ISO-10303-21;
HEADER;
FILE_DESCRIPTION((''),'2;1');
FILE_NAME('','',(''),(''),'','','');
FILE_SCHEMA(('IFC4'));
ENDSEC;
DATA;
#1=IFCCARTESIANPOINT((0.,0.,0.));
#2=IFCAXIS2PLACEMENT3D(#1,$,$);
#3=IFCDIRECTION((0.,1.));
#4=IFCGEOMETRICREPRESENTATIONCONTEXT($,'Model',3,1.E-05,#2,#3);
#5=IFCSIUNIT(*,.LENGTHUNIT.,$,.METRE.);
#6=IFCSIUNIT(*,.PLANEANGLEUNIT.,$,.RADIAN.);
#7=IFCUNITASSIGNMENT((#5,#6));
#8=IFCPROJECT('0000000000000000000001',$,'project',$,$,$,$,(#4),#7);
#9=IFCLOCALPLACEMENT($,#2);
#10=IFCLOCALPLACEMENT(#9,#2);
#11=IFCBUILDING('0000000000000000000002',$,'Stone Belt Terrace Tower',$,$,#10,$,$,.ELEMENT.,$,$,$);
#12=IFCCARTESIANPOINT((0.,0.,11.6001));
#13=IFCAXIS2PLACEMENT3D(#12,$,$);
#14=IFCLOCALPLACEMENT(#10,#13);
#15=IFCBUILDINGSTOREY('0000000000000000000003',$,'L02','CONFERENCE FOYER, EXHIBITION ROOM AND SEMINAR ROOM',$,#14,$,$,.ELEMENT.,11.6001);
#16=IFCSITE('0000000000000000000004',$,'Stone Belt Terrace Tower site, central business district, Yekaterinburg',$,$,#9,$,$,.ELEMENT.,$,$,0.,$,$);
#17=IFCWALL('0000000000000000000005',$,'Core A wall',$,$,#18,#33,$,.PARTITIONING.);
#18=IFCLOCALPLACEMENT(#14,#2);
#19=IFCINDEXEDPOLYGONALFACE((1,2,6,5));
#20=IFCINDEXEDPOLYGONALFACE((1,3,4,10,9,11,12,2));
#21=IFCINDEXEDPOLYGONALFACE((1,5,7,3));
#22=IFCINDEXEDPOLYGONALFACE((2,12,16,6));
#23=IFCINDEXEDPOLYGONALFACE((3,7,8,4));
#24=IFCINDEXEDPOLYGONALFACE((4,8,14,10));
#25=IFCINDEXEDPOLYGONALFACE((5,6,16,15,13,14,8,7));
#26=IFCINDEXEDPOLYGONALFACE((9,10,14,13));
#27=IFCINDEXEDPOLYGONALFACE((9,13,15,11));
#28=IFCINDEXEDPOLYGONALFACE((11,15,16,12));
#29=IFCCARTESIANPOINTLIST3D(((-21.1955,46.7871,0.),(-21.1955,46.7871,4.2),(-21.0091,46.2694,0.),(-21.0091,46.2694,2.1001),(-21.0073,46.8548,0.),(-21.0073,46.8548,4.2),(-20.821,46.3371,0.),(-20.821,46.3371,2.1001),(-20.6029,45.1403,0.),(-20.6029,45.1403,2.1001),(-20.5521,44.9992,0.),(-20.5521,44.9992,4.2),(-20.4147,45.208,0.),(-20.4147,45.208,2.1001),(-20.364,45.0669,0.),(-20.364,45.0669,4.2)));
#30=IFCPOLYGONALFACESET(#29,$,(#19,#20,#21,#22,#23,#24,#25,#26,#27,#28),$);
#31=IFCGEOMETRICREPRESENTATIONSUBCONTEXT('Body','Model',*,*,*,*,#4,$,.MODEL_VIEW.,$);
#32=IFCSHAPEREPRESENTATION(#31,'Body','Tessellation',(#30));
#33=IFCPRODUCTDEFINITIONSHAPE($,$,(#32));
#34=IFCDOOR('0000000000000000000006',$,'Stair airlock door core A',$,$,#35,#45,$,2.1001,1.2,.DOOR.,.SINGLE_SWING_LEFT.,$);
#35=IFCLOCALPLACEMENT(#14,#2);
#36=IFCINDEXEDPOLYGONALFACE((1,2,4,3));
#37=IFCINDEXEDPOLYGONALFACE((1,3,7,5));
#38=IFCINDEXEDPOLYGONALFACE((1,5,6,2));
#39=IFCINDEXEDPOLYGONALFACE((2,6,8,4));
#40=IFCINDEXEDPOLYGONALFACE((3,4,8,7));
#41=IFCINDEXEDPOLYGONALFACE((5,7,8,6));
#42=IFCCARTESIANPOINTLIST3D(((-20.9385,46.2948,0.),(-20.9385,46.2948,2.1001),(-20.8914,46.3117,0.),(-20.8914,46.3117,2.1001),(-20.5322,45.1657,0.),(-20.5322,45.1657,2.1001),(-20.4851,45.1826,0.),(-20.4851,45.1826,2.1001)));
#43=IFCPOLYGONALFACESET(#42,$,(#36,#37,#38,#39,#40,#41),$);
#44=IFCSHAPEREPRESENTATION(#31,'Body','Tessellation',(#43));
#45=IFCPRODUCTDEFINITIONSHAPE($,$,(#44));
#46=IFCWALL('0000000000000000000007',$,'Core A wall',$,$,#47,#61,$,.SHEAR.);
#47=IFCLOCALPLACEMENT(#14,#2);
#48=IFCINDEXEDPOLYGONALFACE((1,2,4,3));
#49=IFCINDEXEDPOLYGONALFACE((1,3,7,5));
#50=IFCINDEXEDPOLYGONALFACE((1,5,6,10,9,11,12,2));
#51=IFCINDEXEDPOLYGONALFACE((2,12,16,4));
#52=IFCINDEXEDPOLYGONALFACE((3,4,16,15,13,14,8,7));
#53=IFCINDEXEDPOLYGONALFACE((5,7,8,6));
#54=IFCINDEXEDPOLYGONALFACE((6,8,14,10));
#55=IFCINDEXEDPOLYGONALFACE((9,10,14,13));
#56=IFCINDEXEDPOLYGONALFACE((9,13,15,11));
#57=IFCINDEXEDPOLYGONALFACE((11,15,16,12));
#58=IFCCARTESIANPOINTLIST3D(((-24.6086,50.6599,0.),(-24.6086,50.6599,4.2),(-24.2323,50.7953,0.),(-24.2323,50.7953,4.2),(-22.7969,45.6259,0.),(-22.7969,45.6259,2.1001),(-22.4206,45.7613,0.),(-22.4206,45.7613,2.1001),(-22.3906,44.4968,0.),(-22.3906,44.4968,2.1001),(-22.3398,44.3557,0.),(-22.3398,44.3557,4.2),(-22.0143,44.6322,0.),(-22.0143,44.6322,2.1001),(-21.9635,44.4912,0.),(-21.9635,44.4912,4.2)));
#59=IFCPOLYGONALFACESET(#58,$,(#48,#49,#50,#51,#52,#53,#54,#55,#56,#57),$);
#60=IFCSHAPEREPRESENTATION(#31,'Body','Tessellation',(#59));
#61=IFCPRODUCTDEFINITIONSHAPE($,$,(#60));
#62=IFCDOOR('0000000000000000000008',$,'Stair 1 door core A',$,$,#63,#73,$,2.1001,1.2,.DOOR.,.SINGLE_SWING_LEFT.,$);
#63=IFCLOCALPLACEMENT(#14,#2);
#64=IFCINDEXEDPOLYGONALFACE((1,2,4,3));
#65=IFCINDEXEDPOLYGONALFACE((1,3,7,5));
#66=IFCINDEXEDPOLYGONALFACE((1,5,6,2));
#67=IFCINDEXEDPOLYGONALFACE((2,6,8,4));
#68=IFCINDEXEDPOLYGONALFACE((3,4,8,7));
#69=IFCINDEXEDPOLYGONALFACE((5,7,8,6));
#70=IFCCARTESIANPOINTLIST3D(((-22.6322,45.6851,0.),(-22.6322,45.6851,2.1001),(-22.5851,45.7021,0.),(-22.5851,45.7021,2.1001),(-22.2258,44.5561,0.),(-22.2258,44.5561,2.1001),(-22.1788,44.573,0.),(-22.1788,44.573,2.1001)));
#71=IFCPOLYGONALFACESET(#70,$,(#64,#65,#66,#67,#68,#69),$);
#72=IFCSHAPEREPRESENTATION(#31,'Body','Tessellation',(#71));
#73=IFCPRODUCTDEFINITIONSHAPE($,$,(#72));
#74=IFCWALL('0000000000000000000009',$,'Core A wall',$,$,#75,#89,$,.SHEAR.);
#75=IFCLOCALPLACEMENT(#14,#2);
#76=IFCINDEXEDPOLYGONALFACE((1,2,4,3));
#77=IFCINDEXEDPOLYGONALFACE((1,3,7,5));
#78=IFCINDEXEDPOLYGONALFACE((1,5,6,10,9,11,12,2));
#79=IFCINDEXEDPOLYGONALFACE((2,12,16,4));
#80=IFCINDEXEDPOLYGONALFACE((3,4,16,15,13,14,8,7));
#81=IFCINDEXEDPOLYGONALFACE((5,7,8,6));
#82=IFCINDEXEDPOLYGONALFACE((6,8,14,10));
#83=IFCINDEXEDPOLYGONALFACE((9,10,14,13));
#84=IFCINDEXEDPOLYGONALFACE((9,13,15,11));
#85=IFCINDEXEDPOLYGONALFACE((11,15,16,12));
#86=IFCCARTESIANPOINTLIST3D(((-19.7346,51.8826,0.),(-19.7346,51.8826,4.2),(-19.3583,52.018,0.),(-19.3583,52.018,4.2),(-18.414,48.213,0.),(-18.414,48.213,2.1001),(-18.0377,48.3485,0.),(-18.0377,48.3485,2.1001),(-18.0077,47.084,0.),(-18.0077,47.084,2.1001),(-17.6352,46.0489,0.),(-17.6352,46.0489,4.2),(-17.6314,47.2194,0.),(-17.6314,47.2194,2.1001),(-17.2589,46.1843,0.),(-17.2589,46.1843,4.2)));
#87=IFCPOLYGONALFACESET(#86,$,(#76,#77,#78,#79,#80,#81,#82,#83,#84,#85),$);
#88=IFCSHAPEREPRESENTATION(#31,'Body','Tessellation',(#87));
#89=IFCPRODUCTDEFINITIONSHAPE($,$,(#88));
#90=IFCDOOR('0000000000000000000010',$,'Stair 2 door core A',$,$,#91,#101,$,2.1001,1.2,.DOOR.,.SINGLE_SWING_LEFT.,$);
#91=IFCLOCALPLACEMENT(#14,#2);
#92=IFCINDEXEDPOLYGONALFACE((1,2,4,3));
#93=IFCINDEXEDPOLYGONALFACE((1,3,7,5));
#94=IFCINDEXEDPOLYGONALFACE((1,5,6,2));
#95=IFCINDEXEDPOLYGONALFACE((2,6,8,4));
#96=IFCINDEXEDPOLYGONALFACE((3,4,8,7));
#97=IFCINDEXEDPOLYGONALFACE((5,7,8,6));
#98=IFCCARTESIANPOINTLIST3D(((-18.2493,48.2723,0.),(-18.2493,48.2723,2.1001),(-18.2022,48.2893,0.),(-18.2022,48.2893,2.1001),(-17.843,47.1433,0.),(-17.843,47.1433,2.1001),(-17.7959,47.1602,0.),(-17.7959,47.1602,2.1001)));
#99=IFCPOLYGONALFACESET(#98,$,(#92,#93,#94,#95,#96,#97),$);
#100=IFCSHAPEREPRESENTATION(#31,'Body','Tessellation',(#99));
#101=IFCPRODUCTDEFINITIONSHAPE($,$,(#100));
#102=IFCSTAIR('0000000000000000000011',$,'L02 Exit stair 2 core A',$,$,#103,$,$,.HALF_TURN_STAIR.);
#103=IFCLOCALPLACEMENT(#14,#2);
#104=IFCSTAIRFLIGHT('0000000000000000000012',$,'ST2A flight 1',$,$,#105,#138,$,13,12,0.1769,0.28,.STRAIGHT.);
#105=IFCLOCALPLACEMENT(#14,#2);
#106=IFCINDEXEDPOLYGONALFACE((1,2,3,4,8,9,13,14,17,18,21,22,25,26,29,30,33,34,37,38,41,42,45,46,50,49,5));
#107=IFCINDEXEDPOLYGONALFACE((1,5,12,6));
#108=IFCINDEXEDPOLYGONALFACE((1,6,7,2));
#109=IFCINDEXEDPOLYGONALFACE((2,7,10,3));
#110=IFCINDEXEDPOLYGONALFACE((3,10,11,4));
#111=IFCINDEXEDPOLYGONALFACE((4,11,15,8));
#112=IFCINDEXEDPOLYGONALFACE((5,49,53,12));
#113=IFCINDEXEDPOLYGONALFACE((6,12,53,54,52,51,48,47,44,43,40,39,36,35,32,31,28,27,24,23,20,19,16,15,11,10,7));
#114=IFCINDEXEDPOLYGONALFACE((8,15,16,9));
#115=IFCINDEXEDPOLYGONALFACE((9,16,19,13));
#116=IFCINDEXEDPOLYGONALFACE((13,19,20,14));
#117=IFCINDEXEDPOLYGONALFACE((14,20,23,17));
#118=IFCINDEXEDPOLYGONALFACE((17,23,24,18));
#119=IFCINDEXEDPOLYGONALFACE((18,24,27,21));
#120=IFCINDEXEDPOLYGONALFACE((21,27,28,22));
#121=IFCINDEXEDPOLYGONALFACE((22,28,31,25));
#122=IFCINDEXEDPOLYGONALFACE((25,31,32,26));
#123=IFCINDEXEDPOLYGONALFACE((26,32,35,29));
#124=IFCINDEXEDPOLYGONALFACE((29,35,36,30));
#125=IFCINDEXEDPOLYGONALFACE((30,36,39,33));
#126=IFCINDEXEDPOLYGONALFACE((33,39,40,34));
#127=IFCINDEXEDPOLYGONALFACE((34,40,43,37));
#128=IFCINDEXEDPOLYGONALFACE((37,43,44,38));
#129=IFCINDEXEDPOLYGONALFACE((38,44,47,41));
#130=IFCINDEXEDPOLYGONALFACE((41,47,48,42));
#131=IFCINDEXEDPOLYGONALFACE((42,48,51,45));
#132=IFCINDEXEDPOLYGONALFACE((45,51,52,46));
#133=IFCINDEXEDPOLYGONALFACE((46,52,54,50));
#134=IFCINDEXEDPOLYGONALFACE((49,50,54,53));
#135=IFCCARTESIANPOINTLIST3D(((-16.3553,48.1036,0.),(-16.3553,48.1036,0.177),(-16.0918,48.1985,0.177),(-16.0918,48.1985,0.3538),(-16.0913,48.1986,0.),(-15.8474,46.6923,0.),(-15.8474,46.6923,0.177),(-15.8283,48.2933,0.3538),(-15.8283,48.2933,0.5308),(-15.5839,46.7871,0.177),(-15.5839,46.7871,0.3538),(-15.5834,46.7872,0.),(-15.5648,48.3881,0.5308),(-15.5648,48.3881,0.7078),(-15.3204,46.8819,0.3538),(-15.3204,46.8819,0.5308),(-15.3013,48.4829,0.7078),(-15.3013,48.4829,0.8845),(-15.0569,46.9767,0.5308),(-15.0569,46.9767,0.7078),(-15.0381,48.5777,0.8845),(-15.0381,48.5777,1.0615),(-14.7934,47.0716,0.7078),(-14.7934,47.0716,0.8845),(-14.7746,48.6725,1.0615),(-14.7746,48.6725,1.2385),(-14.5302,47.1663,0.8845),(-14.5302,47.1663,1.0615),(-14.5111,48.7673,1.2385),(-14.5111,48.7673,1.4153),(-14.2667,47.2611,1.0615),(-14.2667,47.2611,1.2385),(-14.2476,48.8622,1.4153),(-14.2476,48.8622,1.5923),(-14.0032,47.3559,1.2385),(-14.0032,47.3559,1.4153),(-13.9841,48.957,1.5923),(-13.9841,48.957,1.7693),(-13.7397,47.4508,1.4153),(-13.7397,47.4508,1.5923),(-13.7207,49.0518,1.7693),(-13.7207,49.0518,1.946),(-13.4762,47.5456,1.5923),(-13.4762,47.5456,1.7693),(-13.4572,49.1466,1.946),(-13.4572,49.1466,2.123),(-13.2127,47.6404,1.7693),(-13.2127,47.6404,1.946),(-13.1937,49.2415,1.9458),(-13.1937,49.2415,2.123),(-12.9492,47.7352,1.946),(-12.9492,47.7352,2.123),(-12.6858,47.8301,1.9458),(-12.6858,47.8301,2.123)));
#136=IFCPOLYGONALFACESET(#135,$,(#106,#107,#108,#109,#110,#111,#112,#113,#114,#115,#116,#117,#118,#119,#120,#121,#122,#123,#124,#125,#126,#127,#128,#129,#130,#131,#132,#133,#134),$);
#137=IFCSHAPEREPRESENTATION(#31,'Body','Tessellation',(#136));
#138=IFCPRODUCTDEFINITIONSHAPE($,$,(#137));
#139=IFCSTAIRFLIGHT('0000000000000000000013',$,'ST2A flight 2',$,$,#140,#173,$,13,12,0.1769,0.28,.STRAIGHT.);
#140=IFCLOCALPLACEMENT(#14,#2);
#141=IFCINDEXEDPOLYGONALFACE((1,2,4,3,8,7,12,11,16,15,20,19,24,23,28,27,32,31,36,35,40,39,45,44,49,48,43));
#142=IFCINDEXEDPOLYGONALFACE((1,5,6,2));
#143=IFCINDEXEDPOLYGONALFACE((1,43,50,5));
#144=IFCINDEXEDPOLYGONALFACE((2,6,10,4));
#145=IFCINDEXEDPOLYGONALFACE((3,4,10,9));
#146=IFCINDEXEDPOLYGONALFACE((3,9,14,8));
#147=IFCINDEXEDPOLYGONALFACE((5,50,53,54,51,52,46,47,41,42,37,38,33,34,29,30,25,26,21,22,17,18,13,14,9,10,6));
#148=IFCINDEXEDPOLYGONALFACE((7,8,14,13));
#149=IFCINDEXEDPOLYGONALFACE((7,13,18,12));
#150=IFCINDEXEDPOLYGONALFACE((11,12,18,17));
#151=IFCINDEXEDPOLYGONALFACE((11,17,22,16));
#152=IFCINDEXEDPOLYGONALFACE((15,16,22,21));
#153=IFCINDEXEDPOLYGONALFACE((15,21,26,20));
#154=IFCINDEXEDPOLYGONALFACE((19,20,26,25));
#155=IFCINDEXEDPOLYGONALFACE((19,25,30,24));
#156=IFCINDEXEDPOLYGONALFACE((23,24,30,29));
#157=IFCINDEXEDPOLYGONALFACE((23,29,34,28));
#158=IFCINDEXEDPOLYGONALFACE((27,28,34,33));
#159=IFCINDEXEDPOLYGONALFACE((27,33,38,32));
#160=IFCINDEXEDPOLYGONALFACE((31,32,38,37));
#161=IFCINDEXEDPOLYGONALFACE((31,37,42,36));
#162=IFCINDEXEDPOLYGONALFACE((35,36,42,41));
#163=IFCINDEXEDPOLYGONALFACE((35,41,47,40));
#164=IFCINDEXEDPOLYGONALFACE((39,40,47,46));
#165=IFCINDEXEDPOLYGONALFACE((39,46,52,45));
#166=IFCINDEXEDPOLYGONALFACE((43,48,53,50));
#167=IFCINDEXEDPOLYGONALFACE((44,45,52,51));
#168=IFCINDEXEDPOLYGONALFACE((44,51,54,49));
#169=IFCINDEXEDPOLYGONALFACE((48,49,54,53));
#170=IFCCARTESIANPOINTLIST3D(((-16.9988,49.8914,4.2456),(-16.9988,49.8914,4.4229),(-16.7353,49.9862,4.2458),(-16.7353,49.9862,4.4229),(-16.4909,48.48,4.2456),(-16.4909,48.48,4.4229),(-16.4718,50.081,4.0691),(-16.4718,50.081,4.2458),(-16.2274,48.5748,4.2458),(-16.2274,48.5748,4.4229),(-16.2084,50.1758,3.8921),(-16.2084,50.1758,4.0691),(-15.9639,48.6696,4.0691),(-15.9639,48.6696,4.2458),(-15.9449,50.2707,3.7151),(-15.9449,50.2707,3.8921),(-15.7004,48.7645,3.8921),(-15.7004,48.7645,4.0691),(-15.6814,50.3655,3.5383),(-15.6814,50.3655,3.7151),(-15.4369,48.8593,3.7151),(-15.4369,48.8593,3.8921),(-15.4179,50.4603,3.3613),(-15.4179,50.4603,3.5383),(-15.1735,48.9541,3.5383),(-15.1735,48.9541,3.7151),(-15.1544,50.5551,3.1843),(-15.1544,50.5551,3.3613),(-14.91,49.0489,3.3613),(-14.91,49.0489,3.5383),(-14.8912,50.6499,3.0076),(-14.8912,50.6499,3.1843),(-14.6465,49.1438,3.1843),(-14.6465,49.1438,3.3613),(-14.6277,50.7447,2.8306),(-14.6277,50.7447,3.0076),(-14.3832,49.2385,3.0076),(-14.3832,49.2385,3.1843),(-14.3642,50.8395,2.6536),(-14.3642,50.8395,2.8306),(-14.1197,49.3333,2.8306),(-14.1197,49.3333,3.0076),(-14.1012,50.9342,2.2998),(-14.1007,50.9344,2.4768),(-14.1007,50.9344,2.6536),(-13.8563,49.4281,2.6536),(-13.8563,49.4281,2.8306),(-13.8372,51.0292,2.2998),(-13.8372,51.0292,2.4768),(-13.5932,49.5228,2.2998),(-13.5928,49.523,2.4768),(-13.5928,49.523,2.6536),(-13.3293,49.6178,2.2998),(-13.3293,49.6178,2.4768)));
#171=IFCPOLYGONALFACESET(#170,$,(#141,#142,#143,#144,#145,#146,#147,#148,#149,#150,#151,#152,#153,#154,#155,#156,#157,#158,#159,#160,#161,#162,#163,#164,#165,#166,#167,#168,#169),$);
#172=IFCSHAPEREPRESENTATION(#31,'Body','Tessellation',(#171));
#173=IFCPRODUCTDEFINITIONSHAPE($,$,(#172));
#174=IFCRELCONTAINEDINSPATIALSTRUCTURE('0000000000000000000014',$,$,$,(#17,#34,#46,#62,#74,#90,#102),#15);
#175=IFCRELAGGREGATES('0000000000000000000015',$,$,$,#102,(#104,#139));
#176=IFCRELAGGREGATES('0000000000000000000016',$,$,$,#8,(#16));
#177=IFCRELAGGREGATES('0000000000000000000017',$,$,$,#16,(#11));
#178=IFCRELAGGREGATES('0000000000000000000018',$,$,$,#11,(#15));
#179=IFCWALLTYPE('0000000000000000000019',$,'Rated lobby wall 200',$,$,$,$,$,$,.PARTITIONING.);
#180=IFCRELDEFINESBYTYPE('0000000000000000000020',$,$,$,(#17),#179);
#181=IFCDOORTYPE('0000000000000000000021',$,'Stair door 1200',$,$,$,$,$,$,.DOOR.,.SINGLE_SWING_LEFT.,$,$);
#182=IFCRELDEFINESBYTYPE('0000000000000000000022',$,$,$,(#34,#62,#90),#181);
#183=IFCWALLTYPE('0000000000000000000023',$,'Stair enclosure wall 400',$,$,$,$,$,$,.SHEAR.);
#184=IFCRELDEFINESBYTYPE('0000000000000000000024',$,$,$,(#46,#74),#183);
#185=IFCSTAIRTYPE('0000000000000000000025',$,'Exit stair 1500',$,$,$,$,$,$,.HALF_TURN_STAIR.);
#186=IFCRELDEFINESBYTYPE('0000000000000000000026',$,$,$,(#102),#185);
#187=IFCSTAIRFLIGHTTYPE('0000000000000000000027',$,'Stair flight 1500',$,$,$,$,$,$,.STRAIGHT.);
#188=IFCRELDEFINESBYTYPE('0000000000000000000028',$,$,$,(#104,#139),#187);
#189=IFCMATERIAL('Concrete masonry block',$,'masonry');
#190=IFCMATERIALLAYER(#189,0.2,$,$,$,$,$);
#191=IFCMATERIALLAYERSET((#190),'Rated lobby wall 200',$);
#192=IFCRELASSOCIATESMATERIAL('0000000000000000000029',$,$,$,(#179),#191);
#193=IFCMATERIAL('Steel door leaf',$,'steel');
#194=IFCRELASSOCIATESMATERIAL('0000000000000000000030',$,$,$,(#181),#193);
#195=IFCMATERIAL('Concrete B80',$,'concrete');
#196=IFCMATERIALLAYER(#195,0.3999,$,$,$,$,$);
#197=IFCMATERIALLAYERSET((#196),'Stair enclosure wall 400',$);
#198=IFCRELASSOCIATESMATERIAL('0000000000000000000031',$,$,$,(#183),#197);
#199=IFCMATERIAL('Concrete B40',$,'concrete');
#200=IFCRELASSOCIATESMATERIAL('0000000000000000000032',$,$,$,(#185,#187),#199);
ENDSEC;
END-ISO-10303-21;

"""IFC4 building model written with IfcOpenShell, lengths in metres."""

from ifc_helpers import new_model, si_unit, direction, frame, frame_2d, origin, place, context, subcontext, project, spatial, polyline, rectangle, outline, extrude, material, layer, layer_set, type_object, element, fill, aggregate, save


model = new_model("IFC4")

# Units and contexts
model_context = context("Model", 3, precision=1e-05, world=origin(), true_north=direction((0.0, 1.0)))
body_context = subcontext(model_context, "Body", "Model", "MODEL_VIEW")
ifc_project = project(units=[si_unit("LENGTHUNIT", "METRE"), si_unit("PLANEANGLEUNIT", "RADIAN")], contexts=[model_context])

# Site, building, storey
site_placement = place(None, origin())
site = spatial("IfcSite", under=ifc_project, at=site_placement, Name="Stone Belt Terrace Tower site, central business district, Yekaterinburg", CompositionType="ELEMENT", RefElevation=0.0)
building_placement = place(site_placement, origin())
building = spatial("IfcBuilding", under=site, at=building_placement, Name="Stone Belt Terrace Tower", CompositionType="ELEMENT")
storey_placement = place(building_placement, frame((0.0, 0.0, 11.6001)))
storey = spatial("IfcBuildingStorey", under=building, at=storey_placement, Name="L02", Description="CONFERENCE FOYER, EXHIBITION ROOM AND SEMINAR ROOM", CompositionType="ELEMENT", Elevation=11.6001)

# Shared definitions
ifc_material_1 = material(Name="Concrete B80", Category="concrete")

# Shared definitions
ifc_material_2 = material(Name="Concrete masonry block", Category="masonry")
ifc_layer_1 = layer(ifc_material_2, 0.2)
ifc_layer_set_1 = layer_set([ifc_layer_1], Name="Rated lobby wall 200")
wall_type_1 = type_object("IfcWallType", Name="Rated lobby wall 200", PredefinedType="PARTITIONING", material=ifc_layer_set_1)

# Walls, openings, doors
wall_1_placement = place(storey_placement, frame((-20.458, 45.033, 0.0), z_axis=(0.0, 0.0, 1.0), x_axis=(-0.338574, 0.94094, 0.0)))
wall_1 = element("IfcWall", 1, at=wall_1_placement, inside=storey, type_object=wall_type_1, Name="Core A wall", PredefinedType="PARTITIONING", context=body_context, shape_type="SweptSolid", body=[
    extrude(rectangle(XDim=1.9001, YDim=0.2, at=frame_2d((0.9502, 0.0))), origin(), (0.0, 0.0, 1.0), 4.2),
])
opening_1_placement = place(wall_1_placement, frame((0.1499, 0.0, 0.0)))
opening_1 = element("IfcOpeningElement", 2, at=opening_1_placement, cuts=wall_1, PredefinedType="OPENING", context=body_context, shape_type="SweptSolid", body=[
    extrude(rectangle(XDim=1.2, YDim=2.1001, at=frame_2d((0.6001, 1.05))), frame((0.0, 0.1099, 0.0), z_axis=(0.0, -1.0, 0.0), x_axis=(1.0, 0.0, 0.0)), (0.0, 0.0, 1.0), 0.22),
])
ifc_material_3 = material(Name="Steel door leaf", Category="steel")
door_type = type_object("IfcDoorType", Name="Stair door 1200", OperationType="SINGLE_SWING_LEFT", PredefinedType="DOOR", material=ifc_material_3)
door_1_placement = place(opening_1_placement, origin())
door_1 = element("IfcDoor", 3, at=door_1_placement, inside=storey, type_object=door_type, Name="Stair airlock door core A", OperationType="SINGLE_SWING_LEFT", OverallHeight=2.1001, OverallWidth=1.2, PredefinedType="DOOR", context=body_context, shape_type="SweptSolid", body=[
    extrude(rectangle(XDim=1.2, YDim=2.1001, at=frame_2d((0.6001, 1.05))), frame((0.0, 0.0249, 0.0), z_axis=(0.0, -1.0, 0.0), x_axis=(1.0, 0.0, 0.0)), (0.0, 0.0, 1.0), 0.05),
])
fill(opening_1, door_1)
ifc_layer_2 = layer(ifc_material_1, 0.3999)
ifc_layer_set_2 = layer_set([ifc_layer_2], Name="Stair enclosure wall 400")
wall_type_2 = type_object("IfcWallType", Name="Stair enclosure wall 400", PredefinedType="SHEAR", material=ifc_layer_set_2)
wall_2_placement = place(storey_placement, frame((-22.1516, 44.4233, 0.0), z_axis=(0.0, 0.0, 1.0), x_axis=(-0.338625, 0.940921, 0.0)))
wall_2 = element("IfcWall", 4, at=wall_2_placement, inside=storey, type_object=wall_type_2, Name="Core A wall", PredefinedType="SHEAR", context=body_context, shape_type="SweptSolid", body=[
    extrude(rectangle(XDim=6.7, YDim=0.3999, at=frame_2d((3.3501, 0.0))), origin(), (0.0, 0.0, 1.0), 4.2),
])
opening_2_placement = place(wall_2_placement, frame((0.1499, 0.0, 0.0)))
opening_2 = element("IfcOpeningElement", 5, at=opening_2_placement, cuts=wall_2, PredefinedType="OPENING", context=body_context, shape_type="SweptSolid", body=[
    extrude(rectangle(XDim=1.2, YDim=2.1001, at=frame_2d((0.6001, 1.05))), frame((0.0, 0.21, 0.0), z_axis=(0.0, -1.0, 0.0), x_axis=(1.0, 0.0, 0.0)), (0.0, 0.0, 1.0), 0.4199),
])
door_2_placement = place(opening_2_placement, origin())
door_2 = element("IfcDoor", 6, at=door_2_placement, inside=storey, type_object=door_type, Name="Stair 1 door core A", OperationType="SINGLE_SWING_LEFT", OverallHeight=2.1001, OverallWidth=1.2, PredefinedType="DOOR", context=body_context, shape_type="SweptSolid", body=[
    extrude(rectangle(XDim=1.2, YDim=2.1001, at=frame_2d((0.6001, 1.05))), frame((0.0, 0.0249, 0.0), z_axis=(0.0, -1.0, 0.0), x_axis=(1.0, 0.0, 0.0)), (0.0, 0.0, 1.0), 0.05),
])
fill(opening_2, door_2)
wall_3_placement = place(storey_placement, frame((-17.447, 46.1165, 0.0), z_axis=(0.0, 0.0, 1.0), x_axis=(-0.338608, 0.940928, 0.0)))
wall_3 = element("IfcWall", 7, at=wall_3_placement, inside=storey, type_object=wall_type_2, Name="Core A wall", PredefinedType="SHEAR", context=body_context, shape_type="SweptSolid", body=[
    extrude(rectangle(XDim=6.2, YDim=0.3999, at=frame_2d((3.1001, 0.0))), origin(), (0.0, 0.0, 1.0), 4.2),
])
opening_3_placement = place(wall_3_placement, frame((1.1001, 0.0, 0.0)))
opening_3 = element("IfcOpeningElement", 8, at=opening_3_placement, cuts=wall_3, PredefinedType="OPENING", context=body_context, shape_type="SweptSolid", body=[
    extrude(rectangle(XDim=1.2, YDim=2.1001, at=frame_2d((0.6001, 1.05))), frame((0.0, 0.21, 0.0), z_axis=(0.0, -1.0, 0.0), x_axis=(1.0, 0.0, 0.0)), (0.0, 0.0, 1.0), 0.4199),
])
door_3_placement = place(opening_3_placement, origin())
door_3 = element("IfcDoor", 9, at=door_3_placement, inside=storey, type_object=door_type, Name="Stair 2 door core A", OperationType="SINGLE_SWING_LEFT", OverallHeight=2.1001, OverallWidth=1.2, PredefinedType="DOOR", context=body_context, shape_type="SweptSolid", body=[
    extrude(rectangle(XDim=1.2, YDim=2.1001, at=frame_2d((0.6001, 1.05))), frame((0.0, 0.0249, 0.0), z_axis=(0.0, -1.0, 0.0), x_axis=(1.0, 0.0, 0.0)), (0.0, 0.0, 1.0), 0.05),
])
fill(opening_3, door_3)

# Stair, stair flights
ifc_material_4 = material(Name="Concrete B40", Category="concrete")
stair_type = type_object("IfcStairType", Name="Exit stair 1500", PredefinedType="HALF_TURN_STAIR", material=ifc_material_4)
stair_placement = place(storey_placement, origin())
stair = element("IfcStair", 10, at=stair_placement, inside=storey, type_object=stair_type, Name="L02 Exit stair 2 core A", PredefinedType="HALF_TURN_STAIR")
stair_flight_type = type_object("IfcStairFlightType", Name="Stair flight 1500", PredefinedType="STRAIGHT", material=ifc_material_4)
stair_flight_1_placement = place(storey_placement, frame((-16.1013, 47.3979, 0.0), z_axis=(0.0, 0.0, 1.0), x_axis=(0.940922, 0.338624, 0.0)))
stair_flight_1 = element("IfcStairFlight", 11, at=stair_flight_1_placement, type_object=stair_flight_type, Name="ST2A flight 1", NumberOfRisers=13, NumberOfTreads=12, PredefinedType="STRAIGHT", RiserHeight=0.1769, TreadLength=0.28, context=body_context, shape_type="SweptSolid", body=[
    extrude(outline(polyline([(0.0, 0.0), (0.0, 0.177), (0.28, 0.177), (0.28, 0.3538), (0.5601, 0.3538), (0.5601, 0.5308), (0.8401, 0.5308), (0.8401, 0.7078), (1.1201, 0.7078), (1.1201, 0.8845), (1.3999, 0.8845), (1.3999, 1.0615), (1.6799, 1.0615), (1.6799, 1.2385), (1.96, 1.2385), (1.96, 1.4153), (2.24, 1.4153), (2.24, 1.5923), (2.52, 1.5923), (2.52, 1.7693), (2.8, 1.7693), (2.8, 1.946), (3.0801, 1.946), (3.0801, 2.123), (3.3601, 2.123), (3.3601, 2.3), (3.3601, 1.9458), (0.2805, 0.0), (0.0, 0.0)])), frame((0.0, 0.75, 0.0), z_axis=(0.0, -1.0, 0.0), x_axis=(1.0, 0.0, 0.0)), (0.0, 0.0, 1.0), 1.5),
])
stair_flight_2_placement = place(storey_placement, frame((-13.5833, 50.3235, 2.2998), z_axis=(0.0, 0.0, 1.0), x_axis=(-0.940922, -0.338624, 0.0)))
stair_flight_2 = element("IfcStairFlight", 12, at=stair_flight_2_placement, type_object=stair_flight_type, Name="ST2A flight 2", NumberOfRisers=13, NumberOfTreads=12, PredefinedType="STRAIGHT", RiserHeight=0.1769, TreadLength=0.28, context=body_context, shape_type="SweptSolid", body=[
    extrude(outline(polyline([(0.0, 0.0), (0.0, 0.177), (0.28, 0.177), (0.28, 0.3538), (0.5601, 0.3538), (0.5601, 0.5308), (0.8401, 0.5308), (0.8401, 0.7078), (1.1201, 0.7078), (1.1201, 0.8845), (1.3999, 0.8845), (1.3999, 1.0615), (1.6799, 1.0615), (1.6799, 1.2385), (1.96, 1.2385), (1.96, 1.4153), (2.24, 1.4153), (2.24, 1.5923), (2.52, 1.5923), (2.52, 1.7693), (2.8, 1.7693), (2.8, 1.946), (3.0801, 1.946), (3.0801, 2.123), (3.3601, 2.123), (3.3601, 2.3), (3.3601, 1.9458), (0.2805, 0.0), (0.0, 0.0)])), frame((0.0, 0.75, 0.0), z_axis=(0.0, -1.0, 0.0), x_axis=(1.0, 0.0, 0.0)), (0.0, 0.0, 1.0), 1.5),
])
aggregate(stair, [stair_flight_1, stair_flight_2])

save(model, "model.ifc")
